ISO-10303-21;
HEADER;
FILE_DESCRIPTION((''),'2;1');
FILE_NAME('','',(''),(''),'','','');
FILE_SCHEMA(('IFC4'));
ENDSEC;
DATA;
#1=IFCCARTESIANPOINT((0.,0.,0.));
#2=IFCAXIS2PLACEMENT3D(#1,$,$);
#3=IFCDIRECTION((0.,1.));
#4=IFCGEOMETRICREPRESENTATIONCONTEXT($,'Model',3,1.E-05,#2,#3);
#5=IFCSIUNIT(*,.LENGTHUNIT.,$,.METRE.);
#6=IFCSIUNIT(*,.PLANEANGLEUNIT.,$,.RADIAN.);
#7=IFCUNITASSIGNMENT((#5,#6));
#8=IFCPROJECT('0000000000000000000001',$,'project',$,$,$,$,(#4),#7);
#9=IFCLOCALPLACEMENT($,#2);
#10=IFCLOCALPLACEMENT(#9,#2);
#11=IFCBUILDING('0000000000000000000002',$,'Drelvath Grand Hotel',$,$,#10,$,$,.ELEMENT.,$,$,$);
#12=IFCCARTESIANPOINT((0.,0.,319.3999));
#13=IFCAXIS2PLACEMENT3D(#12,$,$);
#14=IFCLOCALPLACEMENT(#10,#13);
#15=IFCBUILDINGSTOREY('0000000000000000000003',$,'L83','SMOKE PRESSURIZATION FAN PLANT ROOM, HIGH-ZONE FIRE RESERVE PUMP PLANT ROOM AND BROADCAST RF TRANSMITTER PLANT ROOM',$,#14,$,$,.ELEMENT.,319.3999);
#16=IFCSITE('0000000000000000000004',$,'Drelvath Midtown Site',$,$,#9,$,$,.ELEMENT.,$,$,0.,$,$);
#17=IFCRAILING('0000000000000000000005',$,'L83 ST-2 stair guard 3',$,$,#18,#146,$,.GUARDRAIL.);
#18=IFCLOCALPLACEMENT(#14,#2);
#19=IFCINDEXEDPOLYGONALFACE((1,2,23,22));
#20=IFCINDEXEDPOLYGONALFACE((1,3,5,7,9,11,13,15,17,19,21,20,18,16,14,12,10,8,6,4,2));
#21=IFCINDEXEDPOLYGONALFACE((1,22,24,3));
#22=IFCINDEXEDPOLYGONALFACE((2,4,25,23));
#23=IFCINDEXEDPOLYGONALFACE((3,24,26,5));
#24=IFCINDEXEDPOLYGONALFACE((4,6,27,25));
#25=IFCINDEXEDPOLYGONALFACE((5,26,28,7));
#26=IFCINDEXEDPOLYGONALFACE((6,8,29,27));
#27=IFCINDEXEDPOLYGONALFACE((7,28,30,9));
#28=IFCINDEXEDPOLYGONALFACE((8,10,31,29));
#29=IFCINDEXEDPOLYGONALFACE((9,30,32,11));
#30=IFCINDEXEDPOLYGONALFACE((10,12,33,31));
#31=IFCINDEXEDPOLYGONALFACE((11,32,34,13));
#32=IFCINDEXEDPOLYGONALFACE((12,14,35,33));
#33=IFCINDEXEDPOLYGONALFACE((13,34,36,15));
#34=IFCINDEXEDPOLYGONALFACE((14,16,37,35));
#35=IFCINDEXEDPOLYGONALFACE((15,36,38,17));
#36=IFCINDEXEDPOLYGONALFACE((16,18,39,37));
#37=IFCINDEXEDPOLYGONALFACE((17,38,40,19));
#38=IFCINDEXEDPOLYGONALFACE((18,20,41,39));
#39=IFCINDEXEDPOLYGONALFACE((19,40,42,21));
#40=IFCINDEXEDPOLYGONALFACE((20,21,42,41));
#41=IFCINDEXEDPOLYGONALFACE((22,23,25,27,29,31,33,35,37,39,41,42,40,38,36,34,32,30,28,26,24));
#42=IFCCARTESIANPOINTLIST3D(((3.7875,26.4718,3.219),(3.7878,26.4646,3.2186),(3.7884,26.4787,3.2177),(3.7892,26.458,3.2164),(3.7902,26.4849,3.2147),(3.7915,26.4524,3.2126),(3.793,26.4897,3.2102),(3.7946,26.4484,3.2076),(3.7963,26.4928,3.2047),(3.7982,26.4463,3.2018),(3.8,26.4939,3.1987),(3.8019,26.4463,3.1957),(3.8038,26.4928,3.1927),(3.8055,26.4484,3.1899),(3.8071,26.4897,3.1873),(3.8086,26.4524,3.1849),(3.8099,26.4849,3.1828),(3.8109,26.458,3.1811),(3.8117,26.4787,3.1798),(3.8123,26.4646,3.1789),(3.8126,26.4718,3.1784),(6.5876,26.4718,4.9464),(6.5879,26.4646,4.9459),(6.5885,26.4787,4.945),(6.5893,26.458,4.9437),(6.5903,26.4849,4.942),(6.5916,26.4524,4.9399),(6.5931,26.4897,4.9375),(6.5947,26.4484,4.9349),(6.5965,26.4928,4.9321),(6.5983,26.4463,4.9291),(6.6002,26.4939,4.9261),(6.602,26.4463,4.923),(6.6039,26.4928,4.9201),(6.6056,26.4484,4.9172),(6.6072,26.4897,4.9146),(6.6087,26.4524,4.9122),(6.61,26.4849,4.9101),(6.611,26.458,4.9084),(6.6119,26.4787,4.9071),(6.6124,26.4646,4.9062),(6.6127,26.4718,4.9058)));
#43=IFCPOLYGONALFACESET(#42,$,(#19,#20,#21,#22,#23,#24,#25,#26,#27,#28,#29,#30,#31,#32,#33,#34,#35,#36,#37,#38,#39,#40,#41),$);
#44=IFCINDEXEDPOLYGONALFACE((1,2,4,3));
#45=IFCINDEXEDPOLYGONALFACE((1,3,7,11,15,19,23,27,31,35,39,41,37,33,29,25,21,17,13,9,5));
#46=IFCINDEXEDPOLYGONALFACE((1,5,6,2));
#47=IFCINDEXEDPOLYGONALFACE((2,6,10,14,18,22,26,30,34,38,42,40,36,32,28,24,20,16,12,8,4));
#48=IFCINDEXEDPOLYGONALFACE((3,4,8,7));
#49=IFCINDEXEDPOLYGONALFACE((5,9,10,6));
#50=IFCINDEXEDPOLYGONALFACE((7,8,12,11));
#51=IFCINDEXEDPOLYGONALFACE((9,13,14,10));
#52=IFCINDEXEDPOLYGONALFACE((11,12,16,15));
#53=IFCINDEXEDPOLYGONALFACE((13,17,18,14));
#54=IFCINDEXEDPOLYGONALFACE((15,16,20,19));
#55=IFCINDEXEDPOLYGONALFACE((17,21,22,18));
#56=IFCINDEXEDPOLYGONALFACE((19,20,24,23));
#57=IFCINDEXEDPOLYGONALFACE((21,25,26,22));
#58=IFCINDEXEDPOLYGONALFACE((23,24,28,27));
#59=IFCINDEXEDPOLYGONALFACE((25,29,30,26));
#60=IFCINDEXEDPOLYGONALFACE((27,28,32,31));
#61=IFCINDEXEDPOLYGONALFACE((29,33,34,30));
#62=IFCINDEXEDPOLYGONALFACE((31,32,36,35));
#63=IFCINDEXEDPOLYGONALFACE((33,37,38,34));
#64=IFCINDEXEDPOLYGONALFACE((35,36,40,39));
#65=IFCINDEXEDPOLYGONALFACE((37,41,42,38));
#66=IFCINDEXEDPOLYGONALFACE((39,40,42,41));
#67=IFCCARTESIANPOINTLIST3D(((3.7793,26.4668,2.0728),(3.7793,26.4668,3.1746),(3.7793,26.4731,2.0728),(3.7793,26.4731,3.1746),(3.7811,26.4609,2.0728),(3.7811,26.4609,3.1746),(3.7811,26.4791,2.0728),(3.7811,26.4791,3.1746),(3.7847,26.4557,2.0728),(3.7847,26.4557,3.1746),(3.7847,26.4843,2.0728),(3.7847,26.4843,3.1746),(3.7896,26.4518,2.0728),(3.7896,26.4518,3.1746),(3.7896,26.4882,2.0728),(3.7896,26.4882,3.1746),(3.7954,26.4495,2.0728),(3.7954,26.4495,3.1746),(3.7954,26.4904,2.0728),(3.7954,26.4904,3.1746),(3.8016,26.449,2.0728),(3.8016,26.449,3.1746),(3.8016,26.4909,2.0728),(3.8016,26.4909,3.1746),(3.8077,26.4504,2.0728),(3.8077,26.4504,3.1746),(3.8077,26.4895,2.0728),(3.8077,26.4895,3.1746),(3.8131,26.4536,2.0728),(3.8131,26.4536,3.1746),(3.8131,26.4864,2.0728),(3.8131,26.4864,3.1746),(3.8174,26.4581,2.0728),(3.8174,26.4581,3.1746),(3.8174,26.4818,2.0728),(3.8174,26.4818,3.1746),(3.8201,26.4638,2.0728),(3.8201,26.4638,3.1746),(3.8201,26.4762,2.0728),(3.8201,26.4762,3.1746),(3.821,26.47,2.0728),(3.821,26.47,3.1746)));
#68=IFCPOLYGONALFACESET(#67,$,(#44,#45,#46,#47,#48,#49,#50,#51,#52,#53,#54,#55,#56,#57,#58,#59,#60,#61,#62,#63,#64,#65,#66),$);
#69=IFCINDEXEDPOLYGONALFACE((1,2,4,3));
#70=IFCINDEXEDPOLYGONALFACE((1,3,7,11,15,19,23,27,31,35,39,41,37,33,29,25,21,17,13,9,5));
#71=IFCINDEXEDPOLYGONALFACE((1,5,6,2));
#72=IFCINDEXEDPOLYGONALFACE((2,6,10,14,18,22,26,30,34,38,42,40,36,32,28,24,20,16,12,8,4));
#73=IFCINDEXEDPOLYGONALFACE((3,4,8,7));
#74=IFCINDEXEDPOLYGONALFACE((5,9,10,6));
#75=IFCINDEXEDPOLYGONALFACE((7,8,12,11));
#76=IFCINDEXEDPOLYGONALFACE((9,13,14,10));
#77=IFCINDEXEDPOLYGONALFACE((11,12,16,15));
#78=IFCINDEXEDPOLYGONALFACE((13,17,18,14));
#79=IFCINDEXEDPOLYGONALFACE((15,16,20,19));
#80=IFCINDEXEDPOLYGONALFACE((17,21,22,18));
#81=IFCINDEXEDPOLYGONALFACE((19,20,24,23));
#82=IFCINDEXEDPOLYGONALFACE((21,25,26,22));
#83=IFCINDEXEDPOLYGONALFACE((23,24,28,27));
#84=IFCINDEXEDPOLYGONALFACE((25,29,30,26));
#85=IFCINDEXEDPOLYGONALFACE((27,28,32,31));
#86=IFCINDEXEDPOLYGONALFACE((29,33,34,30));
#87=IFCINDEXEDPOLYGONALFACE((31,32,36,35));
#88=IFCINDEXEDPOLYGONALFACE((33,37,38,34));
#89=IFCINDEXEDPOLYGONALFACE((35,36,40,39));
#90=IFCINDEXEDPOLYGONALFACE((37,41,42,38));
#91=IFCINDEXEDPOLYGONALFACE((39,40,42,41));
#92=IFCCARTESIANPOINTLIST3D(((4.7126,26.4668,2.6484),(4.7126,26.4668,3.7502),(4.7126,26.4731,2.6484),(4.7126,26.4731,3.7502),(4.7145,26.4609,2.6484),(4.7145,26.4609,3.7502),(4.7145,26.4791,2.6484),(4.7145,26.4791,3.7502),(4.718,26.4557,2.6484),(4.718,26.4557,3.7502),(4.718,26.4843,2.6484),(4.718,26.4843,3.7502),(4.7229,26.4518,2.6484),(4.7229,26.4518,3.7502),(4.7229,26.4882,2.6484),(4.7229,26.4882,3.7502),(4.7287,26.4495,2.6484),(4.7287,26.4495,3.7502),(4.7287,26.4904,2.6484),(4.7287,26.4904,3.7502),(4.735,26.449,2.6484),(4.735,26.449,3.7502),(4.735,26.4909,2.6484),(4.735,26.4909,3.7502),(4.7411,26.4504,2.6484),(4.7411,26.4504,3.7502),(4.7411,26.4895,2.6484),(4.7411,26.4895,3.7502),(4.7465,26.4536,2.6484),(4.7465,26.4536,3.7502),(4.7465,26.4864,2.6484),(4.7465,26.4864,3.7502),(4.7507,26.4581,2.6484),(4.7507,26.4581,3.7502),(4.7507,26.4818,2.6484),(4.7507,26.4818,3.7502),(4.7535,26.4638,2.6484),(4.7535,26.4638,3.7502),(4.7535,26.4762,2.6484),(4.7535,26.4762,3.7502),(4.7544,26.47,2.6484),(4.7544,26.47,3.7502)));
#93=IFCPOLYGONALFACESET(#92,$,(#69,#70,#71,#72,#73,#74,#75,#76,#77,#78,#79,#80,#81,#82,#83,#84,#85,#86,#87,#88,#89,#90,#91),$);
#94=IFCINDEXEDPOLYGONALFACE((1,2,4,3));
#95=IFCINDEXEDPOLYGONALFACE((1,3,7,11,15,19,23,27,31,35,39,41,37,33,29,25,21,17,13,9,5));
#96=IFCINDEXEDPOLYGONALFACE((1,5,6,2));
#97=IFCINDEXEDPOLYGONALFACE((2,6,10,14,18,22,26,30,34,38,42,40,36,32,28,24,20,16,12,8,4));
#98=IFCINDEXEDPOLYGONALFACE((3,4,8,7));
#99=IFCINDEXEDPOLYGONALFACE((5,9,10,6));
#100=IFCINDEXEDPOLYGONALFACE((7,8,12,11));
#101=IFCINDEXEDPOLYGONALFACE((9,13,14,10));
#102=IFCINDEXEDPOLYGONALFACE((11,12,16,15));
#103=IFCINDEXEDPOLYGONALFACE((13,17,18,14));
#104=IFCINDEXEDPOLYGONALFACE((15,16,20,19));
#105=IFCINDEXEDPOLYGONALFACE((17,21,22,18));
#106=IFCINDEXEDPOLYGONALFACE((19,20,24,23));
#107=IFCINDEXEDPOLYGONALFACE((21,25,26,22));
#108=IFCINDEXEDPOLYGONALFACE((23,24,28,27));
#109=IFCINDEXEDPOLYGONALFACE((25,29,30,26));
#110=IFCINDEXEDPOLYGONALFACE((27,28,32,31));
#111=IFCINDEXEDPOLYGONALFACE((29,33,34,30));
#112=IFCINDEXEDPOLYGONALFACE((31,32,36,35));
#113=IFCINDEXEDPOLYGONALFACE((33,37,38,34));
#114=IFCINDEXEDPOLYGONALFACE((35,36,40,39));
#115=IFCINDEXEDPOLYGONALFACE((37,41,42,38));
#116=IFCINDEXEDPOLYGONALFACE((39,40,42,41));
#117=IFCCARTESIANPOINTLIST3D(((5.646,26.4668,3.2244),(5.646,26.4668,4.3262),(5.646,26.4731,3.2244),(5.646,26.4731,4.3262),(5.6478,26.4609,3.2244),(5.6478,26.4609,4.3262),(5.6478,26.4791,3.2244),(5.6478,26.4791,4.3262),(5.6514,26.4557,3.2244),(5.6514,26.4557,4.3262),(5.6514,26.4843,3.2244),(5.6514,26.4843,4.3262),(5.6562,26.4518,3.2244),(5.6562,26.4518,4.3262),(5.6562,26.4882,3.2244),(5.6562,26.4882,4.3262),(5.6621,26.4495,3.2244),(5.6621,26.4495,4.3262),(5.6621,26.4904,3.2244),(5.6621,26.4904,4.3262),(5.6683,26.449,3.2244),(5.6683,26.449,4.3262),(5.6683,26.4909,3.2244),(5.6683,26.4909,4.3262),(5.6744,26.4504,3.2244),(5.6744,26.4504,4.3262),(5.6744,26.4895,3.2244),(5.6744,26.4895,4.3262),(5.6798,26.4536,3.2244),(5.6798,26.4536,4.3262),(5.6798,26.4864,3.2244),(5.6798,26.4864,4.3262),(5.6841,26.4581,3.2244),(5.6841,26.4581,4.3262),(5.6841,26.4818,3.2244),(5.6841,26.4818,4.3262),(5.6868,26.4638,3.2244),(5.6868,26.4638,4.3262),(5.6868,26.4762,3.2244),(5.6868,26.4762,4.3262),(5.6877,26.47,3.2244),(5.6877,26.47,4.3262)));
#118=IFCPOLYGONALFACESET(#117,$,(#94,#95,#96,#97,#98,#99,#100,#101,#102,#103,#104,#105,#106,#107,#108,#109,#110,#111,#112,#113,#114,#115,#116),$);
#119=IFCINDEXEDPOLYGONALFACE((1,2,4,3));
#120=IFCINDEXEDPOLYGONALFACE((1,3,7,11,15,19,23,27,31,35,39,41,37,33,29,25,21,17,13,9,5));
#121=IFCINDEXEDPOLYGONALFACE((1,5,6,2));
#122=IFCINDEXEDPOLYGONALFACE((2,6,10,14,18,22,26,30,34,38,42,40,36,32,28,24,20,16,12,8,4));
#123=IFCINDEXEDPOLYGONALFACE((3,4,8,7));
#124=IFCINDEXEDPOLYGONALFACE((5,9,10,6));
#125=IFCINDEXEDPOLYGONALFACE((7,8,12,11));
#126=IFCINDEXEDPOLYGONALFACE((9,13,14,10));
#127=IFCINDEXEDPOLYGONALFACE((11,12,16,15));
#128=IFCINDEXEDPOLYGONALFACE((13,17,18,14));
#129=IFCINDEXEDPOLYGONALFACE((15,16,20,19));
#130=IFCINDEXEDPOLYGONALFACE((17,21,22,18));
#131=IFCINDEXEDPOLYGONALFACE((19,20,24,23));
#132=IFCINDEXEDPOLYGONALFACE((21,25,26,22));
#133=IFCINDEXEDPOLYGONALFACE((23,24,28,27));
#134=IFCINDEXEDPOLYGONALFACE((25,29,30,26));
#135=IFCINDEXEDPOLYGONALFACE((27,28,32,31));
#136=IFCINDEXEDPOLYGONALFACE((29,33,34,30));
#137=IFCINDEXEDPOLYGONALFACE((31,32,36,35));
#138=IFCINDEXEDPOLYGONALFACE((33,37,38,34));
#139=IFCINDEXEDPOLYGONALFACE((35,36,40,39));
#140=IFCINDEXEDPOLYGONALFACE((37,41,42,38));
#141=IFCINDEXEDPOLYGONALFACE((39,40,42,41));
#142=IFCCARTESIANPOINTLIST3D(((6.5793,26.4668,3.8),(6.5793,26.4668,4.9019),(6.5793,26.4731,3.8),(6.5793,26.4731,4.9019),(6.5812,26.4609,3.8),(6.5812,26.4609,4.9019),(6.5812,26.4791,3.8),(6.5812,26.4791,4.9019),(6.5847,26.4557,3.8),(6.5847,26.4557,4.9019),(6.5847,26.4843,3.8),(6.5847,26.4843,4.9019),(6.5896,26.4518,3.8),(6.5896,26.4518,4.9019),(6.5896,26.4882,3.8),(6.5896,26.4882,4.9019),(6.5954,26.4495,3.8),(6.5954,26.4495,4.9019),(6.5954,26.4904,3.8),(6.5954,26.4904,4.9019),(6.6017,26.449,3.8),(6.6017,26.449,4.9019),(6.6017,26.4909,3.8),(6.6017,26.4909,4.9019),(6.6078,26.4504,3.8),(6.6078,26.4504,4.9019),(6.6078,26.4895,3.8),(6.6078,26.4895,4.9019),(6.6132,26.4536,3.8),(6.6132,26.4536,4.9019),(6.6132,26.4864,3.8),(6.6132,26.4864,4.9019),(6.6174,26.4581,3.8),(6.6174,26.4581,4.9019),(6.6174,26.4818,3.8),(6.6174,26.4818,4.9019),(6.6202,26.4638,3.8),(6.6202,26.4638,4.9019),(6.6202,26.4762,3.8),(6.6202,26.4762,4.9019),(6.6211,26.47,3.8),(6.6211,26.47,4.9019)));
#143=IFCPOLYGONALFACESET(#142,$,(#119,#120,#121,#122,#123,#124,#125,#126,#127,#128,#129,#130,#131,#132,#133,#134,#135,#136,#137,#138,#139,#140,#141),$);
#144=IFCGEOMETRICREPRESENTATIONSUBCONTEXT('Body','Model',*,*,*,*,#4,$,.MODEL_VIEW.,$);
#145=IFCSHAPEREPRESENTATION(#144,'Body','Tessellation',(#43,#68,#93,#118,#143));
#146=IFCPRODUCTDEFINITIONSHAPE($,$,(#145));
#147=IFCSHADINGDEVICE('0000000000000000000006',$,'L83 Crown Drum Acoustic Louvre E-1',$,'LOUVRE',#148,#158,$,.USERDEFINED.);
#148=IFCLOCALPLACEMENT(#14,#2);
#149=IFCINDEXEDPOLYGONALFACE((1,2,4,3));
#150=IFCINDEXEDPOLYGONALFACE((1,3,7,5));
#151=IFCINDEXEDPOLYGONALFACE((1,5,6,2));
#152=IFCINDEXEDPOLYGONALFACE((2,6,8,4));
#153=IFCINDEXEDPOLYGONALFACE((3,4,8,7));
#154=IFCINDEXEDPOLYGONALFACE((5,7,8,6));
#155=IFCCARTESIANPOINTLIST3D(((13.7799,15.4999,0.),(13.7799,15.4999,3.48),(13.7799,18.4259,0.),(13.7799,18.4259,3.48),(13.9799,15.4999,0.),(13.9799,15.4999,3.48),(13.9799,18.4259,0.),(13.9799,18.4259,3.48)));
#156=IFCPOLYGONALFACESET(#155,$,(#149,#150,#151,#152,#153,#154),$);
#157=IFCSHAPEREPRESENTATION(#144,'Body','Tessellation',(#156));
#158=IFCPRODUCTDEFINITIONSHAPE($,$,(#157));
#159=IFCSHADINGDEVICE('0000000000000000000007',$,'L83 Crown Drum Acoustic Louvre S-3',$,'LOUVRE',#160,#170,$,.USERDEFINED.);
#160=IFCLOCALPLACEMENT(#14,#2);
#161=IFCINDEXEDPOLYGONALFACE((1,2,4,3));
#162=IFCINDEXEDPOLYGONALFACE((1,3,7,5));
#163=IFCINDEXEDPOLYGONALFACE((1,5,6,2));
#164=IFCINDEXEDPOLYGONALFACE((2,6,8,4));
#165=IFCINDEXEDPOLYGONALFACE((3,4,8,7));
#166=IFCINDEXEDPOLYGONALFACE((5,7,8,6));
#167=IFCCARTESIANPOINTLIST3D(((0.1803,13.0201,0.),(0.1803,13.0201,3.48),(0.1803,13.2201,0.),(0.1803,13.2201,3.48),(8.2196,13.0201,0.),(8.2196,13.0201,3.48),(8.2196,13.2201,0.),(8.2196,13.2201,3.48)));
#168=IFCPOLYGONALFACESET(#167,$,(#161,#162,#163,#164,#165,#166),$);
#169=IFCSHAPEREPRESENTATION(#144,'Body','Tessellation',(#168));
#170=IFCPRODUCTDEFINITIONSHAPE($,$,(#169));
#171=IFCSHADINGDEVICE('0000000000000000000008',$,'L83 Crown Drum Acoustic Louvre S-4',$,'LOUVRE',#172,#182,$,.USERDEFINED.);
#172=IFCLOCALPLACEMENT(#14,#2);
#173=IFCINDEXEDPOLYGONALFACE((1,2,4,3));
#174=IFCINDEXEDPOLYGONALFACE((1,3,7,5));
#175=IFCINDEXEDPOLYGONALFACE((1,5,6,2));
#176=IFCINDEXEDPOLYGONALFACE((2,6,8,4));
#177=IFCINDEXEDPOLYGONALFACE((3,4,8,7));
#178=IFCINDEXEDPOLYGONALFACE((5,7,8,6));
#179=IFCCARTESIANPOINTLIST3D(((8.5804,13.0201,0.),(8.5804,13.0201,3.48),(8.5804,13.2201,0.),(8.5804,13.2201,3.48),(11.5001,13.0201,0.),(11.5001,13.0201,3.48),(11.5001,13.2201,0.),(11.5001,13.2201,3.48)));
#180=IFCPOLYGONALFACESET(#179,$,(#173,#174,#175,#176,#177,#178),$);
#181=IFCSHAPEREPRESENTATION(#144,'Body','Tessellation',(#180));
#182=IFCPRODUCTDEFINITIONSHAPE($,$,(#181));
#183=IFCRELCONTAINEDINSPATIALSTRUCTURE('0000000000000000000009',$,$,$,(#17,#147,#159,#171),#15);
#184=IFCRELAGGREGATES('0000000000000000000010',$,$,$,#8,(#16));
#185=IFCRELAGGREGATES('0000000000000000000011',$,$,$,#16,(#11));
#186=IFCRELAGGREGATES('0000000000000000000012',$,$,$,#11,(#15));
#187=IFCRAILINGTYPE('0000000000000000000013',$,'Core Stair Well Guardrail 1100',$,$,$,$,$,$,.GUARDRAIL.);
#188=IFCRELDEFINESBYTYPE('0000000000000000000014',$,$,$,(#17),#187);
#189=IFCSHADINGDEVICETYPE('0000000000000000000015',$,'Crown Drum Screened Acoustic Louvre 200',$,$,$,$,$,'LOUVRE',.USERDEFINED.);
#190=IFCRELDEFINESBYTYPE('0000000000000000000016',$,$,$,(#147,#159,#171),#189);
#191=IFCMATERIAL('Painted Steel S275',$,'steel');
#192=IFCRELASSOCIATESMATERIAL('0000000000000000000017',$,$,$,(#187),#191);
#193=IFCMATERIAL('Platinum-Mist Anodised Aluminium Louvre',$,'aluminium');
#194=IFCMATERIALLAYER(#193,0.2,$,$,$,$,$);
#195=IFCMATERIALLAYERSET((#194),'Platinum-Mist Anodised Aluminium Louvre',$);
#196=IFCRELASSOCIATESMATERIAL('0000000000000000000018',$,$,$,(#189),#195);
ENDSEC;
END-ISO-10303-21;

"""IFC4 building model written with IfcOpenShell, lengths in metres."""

from ifc_helpers import new_model, si_unit, direction, frame, origin, origin_2d, place, context, subcontext, project, spatial, rectangle, circle, extrude, material, layer, layer_set, type_object, element, save


model = new_model("IFC4")

# Units and contexts
model_context = context("Model", 3, precision=1e-05, world=origin(), true_north=direction((0.0, 1.0)))
body_context = subcontext(model_context, "Body", "Model", "MODEL_VIEW")
ifc_project = project(units=[si_unit("LENGTHUNIT", "METRE"), si_unit("PLANEANGLEUNIT", "RADIAN")], contexts=[model_context])

# Site, building, storey
site_placement = place(None, origin())
site = spatial("IfcSite", under=ifc_project, at=site_placement, Name="Drelvath Midtown Site", CompositionType="ELEMENT", RefElevation=0.0)
building_placement = place(site_placement, origin())
building = spatial("IfcBuilding", under=site, at=building_placement, Name="Drelvath Grand Hotel", CompositionType="ELEMENT")
storey_placement = place(building_placement, frame((0.0, 0.0, 319.3999)))
storey = spatial("IfcBuildingStorey", under=building, at=storey_placement, Name="L83", Description="SMOKE PRESSURIZATION FAN PLANT ROOM, HIGH-ZONE FIRE RESERVE PUMP PLANT ROOM AND BROADCAST RF TRANSMITTER PLANT ROOM", CompositionType="ELEMENT", Elevation=319.3999)

# Shared definitions
ifc_material_1 = material(Name="Painted Steel S275", Category="steel")

# Railing
railing_type_1 = type_object("IfcRailingType", Name="Core Stair Well Guardrail 1100", PredefinedType="GUARDRAIL", material=ifc_material_1)
railing_1_placement = place(storey_placement, frame((3.8, 26.47, 2.0728)))
element("IfcRailing", 1, at=railing_1_placement, inside=storey, type_object=railing_type_1, Name="L83 ST-2 stair guard 3", PredefinedType="GUARDRAIL", context=body_context, shape_type="SweptSolid", body=[
    extrude(circle(Radius=0.0239, at=origin_2d()), frame((0.0, 0.0, 1.126), z_axis=(0.85109, 0.0, 0.52502), x_axis=(0.0, 1.0, 0.0)), (0.0, 0.0, 1.0), 3.29),
    extrude(circle(Radius=0.021, at=origin_2d()), origin(), (0.0, 0.0, 1.0), 1.1018),
    extrude(circle(Radius=0.021, at=origin_2d()), frame((0.9333, 0.0, 0.5757)), (0.0, 0.0, 1.0), 1.1018),
    extrude(circle(Radius=0.021, at=origin_2d()), frame((1.8667, 0.0, 1.1516)), (0.0, 0.0, 1.0), 1.1018),
    extrude(circle(Radius=0.021, at=origin_2d()), frame((2.8, 0.0, 1.7273)), (0.0, 0.0, 1.0), 1.1018),
])

# Shading devices
ifc_material_2 = material(Name="Platinum-Mist Anodised Aluminium Louvre", Category="aluminium")
ifc_layer_1 = layer(ifc_material_2, 0.2)
ifc_layer_set_1 = layer_set([ifc_layer_1], Name="Platinum-Mist Anodised Aluminium Louvre")
shading_device_type = type_object("IfcShadingDeviceType", Name="Crown Drum Screened Acoustic Louvre 200", ElementType="LOUVRE", PredefinedType="USERDEFINED", material=ifc_layer_set_1)
shading_device_1_placement = place(storey_placement, frame((13.8799, 16.9629, 0.0), z_axis=(0.0, 0.0, 1.0), x_axis=(0.0, 1.0, 0.0)))
element("IfcShadingDevice", 2, at=shading_device_1_placement, inside=storey, type_object=shading_device_type, Name="L83 Crown Drum Acoustic Louvre E-1", ObjectType="LOUVRE", PredefinedType="USERDEFINED", context=body_context, shape_type="SweptSolid", body=[
    extrude(rectangle(XDim=2.926, YDim=0.2, at=origin_2d()), origin(), (0.0, 0.0, 1.0), 3.48),
])
shading_device_2_placement = place(storey_placement, frame((4.2, 13.1201, 0.0), z_axis=(0.0, 0.0, 1.0), x_axis=(1.0, 0.0, 0.0)))
element("IfcShadingDevice", 3, at=shading_device_2_placement, inside=storey, type_object=shading_device_type, Name="L83 Crown Drum Acoustic Louvre S-3", ObjectType="LOUVRE", PredefinedType="USERDEFINED", context=body_context, shape_type="SweptSolid", body=[
    extrude(rectangle(XDim=8.0393, YDim=0.2, at=origin_2d()), origin(), (0.0, 0.0, 1.0), 3.48),
])
shading_device_3_placement = place(storey_placement, frame((10.0403, 13.1201, 0.0), z_axis=(0.0, 0.0, 1.0), x_axis=(1.0, 0.0, 0.0)))
element("IfcShadingDevice", 4, at=shading_device_3_placement, inside=storey, type_object=shading_device_type, Name="L83 Crown Drum Acoustic Louvre S-4", ObjectType="LOUVRE", PredefinedType="USERDEFINED", context=body_context, shape_type="SweptSolid", body=[
    extrude(rectangle(XDim=2.9197, YDim=0.2, at=origin_2d()), origin(), (0.0, 0.0, 1.0), 3.48),
])

save(model, "model.ifc")
